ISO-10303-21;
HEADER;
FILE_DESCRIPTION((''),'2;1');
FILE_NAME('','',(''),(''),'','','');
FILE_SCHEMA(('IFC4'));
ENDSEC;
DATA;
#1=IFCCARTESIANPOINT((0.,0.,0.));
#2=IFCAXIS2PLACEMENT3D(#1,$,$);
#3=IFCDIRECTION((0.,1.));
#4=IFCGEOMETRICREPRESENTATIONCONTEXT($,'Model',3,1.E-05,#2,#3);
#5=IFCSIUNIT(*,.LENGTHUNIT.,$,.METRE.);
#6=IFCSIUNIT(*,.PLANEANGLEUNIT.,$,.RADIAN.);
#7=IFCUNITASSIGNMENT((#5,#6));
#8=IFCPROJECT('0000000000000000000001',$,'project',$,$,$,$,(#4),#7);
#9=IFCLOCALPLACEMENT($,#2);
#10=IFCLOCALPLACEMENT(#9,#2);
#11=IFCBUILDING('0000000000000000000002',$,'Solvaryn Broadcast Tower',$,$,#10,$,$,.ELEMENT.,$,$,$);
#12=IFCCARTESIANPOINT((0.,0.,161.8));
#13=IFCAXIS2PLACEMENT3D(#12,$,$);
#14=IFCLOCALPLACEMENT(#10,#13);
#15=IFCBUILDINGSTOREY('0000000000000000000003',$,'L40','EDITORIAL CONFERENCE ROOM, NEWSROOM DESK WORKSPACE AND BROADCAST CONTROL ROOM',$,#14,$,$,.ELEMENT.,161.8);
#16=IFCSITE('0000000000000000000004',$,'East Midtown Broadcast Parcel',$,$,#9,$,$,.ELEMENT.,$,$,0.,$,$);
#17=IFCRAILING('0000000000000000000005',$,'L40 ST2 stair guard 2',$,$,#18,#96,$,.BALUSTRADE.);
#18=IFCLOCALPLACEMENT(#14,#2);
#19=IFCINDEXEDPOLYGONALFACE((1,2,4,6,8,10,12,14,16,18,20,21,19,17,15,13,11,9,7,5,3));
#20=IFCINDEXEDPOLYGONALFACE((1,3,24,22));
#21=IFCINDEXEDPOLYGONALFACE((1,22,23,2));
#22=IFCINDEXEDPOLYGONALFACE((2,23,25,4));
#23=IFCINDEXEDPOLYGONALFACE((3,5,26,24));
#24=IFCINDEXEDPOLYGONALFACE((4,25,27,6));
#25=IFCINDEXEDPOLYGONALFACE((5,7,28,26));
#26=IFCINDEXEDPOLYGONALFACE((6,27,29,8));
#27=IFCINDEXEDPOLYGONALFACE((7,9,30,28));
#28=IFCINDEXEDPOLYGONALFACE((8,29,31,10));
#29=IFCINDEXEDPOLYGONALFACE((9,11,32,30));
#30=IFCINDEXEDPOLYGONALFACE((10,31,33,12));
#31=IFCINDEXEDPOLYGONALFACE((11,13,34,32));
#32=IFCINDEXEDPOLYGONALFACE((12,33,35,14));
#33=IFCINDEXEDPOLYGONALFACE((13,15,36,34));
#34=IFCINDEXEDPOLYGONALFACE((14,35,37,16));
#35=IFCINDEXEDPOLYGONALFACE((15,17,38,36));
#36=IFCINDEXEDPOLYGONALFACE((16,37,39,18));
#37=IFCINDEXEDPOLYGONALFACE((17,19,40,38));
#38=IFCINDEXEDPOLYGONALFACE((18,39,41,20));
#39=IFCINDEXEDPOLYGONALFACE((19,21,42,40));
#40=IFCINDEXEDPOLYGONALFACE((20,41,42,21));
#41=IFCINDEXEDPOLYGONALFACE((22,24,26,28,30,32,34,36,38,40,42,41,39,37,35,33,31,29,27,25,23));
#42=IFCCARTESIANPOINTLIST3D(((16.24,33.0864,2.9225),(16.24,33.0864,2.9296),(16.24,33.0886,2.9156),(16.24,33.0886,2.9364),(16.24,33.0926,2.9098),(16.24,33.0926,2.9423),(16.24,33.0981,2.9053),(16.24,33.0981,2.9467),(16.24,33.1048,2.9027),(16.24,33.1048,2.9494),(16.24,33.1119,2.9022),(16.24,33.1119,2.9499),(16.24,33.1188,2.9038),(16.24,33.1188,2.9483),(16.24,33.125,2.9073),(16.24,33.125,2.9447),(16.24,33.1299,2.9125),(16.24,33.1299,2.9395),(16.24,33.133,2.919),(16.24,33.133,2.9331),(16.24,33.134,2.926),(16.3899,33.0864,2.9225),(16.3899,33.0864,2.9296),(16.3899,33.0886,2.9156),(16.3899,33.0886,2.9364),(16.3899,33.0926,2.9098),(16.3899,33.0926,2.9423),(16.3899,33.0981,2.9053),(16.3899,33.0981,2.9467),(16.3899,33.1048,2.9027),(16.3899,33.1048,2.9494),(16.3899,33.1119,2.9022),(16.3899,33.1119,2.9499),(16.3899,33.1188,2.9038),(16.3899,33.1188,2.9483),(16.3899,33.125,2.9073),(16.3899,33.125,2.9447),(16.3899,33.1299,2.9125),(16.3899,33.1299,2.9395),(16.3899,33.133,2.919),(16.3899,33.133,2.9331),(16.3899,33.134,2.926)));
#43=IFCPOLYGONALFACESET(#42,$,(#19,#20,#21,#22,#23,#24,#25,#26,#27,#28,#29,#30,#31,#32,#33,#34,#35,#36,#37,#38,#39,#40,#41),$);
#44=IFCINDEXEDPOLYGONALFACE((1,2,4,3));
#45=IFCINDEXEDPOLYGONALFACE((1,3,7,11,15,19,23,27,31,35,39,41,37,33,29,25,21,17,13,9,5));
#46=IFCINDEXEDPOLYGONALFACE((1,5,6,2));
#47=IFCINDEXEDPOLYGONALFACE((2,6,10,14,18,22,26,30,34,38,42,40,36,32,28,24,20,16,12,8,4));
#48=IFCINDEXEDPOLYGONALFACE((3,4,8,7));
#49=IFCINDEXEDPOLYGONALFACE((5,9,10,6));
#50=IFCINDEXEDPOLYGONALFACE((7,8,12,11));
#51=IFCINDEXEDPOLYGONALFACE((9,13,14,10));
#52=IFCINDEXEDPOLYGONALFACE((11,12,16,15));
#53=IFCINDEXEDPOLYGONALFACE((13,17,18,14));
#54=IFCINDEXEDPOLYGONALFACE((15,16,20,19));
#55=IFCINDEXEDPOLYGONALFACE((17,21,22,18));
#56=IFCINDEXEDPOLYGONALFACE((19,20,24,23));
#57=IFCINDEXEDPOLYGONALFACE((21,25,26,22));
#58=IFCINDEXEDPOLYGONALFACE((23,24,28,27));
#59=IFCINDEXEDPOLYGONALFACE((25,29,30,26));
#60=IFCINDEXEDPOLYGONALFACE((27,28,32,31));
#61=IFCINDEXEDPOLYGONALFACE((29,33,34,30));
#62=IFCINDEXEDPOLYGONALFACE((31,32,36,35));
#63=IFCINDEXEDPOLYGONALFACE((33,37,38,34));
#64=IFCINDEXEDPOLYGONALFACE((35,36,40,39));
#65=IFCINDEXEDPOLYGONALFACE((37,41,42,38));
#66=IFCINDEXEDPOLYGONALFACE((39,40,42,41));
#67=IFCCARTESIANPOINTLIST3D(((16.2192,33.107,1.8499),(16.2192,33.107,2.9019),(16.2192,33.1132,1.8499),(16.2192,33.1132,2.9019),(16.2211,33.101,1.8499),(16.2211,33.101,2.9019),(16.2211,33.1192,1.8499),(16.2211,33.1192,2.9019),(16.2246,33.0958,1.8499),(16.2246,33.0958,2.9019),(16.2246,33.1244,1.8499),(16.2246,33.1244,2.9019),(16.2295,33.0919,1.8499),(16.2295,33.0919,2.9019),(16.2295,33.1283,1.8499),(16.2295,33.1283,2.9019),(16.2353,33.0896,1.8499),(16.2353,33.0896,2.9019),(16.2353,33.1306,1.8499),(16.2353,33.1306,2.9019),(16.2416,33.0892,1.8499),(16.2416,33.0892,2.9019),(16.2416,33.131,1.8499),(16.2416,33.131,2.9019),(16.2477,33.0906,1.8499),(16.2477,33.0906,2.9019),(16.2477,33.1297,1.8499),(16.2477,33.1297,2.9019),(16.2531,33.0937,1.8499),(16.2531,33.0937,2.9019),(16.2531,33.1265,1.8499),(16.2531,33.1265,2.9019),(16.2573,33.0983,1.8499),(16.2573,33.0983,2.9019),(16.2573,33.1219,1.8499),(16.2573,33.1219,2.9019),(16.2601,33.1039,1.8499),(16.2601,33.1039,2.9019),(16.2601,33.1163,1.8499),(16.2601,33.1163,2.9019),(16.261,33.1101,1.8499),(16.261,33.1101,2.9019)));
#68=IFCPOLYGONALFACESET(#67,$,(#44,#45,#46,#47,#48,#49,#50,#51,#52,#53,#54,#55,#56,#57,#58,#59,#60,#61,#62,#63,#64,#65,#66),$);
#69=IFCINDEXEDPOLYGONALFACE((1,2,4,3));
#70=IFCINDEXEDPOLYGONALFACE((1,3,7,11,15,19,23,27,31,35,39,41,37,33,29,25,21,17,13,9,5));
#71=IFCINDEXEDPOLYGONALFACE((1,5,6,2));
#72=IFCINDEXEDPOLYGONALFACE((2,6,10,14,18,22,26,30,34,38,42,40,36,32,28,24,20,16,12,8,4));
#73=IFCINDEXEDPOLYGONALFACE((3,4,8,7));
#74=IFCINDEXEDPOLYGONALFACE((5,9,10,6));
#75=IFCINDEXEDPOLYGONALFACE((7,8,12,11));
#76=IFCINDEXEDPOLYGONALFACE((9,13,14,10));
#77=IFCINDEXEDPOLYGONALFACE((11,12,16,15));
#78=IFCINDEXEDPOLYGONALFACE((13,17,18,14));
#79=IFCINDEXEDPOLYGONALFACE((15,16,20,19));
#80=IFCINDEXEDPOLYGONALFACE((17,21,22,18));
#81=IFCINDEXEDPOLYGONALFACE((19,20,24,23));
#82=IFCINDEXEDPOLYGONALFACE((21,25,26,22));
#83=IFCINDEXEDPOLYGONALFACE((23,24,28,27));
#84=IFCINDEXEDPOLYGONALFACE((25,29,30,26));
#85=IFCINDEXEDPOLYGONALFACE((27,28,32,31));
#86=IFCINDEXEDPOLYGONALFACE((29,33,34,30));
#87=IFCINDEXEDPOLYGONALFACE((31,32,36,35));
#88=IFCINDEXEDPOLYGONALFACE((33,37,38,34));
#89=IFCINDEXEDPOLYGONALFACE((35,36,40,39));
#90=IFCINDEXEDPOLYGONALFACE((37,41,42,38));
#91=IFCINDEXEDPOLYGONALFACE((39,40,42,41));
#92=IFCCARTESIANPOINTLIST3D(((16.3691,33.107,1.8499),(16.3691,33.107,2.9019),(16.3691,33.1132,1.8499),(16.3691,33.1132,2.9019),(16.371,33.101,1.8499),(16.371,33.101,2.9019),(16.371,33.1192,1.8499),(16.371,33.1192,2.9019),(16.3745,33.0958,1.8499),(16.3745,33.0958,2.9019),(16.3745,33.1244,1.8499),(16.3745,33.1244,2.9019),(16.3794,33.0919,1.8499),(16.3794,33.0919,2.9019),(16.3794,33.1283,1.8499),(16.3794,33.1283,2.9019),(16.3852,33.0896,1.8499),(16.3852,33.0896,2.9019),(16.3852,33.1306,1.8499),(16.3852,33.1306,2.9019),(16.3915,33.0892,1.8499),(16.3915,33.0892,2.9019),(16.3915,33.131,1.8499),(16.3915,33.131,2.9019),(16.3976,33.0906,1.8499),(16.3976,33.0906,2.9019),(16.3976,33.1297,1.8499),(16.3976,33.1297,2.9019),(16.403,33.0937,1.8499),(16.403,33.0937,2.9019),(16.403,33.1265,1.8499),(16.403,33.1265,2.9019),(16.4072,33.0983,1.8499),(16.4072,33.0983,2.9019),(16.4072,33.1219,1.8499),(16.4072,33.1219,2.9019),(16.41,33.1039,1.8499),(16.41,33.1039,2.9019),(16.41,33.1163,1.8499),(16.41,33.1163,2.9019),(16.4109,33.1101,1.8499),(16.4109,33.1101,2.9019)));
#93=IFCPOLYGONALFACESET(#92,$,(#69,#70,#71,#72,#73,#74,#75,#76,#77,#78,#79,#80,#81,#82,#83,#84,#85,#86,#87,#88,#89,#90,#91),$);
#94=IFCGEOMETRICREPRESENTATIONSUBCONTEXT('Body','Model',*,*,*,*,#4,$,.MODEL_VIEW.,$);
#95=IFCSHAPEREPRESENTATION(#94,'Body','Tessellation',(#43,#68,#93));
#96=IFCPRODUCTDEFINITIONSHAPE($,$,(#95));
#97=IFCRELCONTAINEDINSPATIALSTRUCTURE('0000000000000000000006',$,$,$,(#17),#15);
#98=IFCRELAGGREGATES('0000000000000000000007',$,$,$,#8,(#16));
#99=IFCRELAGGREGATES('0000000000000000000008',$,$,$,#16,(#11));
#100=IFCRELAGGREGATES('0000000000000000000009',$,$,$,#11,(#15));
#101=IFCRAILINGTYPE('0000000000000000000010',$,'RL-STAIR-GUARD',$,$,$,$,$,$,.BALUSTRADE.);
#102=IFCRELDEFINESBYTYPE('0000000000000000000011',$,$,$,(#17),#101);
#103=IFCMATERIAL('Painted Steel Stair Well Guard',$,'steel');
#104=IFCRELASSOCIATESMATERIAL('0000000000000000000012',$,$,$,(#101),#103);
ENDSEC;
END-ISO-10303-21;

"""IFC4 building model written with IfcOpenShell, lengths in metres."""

from ifc_helpers import new_model, si_unit, direction, frame, origin, origin_2d, place, context, subcontext, project, spatial, circle, extrude, material, type_object, element, save


model = new_model("IFC4")

# Units and contexts
model_context = context("Model", 3, precision=1e-05, world=origin(), true_north=direction((0.0, 1.0)))
body_context = subcontext(model_context, "Body", "Model", "MODEL_VIEW")
ifc_project = project(units=[si_unit("LENGTHUNIT", "METRE"), si_unit("PLANEANGLEUNIT", "RADIAN")], contexts=[model_context])

# Site, building, storey
site_placement = place(None, origin())
site = spatial("IfcSite", under=ifc_project, at=site_placement, Name="East Midtown Broadcast Parcel", CompositionType="ELEMENT", RefElevation=0.0)
building_placement = place(site_placement, origin())
building = spatial("IfcBuilding", under=site, at=building_placement, Name="Solvaryn Broadcast Tower", CompositionType="ELEMENT")
storey_placement = place(building_placement, frame((0.0, 0.0, 161.8)))
storey = spatial("IfcBuildingStorey", under=building, at=storey_placement, Name="L40", Description="EDITORIAL CONFERENCE ROOM, NEWSROOM DESK WORKSPACE AND BROADCAST CONTROL ROOM", CompositionType="ELEMENT", Elevation=161.8)

# Railing
ifc_material_1 = material(Name="Painted Steel Stair Well Guard", Category="steel")
railing_type_1 = type_object("IfcRailingType", Name="RL-STAIR-GUARD", PredefinedType="BALUSTRADE", material=ifc_material_1)
railing_1_placement = place(storey_placement, frame((16.24, 33.1101, 1.8499)))
element("IfcRailing", 1, at=railing_1_placement, inside=storey, type_object=railing_type_1, Name="L40 ST2 stair guard 2", PredefinedType="BALUSTRADE", context=body_context, shape_type="SweptSolid", body=[
    extrude(circle(Radius=0.0239, at=origin_2d()), frame((0.0, 0.0, 1.0762), z_axis=(1.0, 0.0, 0.0), x_axis=(0.0, 1.0, 0.0)), (0.0, 0.0, 1.0), 0.1499),
    extrude(circle(Radius=0.021, at=origin_2d()), origin(), (0.0, 0.0, 1.0), 1.052),
    extrude(circle(Radius=0.021, at=origin_2d()), frame((0.1499, 0.0, 0.0)), (0.0, 0.0, 1.0), 1.052),
])

save(model, "model.ifc")
